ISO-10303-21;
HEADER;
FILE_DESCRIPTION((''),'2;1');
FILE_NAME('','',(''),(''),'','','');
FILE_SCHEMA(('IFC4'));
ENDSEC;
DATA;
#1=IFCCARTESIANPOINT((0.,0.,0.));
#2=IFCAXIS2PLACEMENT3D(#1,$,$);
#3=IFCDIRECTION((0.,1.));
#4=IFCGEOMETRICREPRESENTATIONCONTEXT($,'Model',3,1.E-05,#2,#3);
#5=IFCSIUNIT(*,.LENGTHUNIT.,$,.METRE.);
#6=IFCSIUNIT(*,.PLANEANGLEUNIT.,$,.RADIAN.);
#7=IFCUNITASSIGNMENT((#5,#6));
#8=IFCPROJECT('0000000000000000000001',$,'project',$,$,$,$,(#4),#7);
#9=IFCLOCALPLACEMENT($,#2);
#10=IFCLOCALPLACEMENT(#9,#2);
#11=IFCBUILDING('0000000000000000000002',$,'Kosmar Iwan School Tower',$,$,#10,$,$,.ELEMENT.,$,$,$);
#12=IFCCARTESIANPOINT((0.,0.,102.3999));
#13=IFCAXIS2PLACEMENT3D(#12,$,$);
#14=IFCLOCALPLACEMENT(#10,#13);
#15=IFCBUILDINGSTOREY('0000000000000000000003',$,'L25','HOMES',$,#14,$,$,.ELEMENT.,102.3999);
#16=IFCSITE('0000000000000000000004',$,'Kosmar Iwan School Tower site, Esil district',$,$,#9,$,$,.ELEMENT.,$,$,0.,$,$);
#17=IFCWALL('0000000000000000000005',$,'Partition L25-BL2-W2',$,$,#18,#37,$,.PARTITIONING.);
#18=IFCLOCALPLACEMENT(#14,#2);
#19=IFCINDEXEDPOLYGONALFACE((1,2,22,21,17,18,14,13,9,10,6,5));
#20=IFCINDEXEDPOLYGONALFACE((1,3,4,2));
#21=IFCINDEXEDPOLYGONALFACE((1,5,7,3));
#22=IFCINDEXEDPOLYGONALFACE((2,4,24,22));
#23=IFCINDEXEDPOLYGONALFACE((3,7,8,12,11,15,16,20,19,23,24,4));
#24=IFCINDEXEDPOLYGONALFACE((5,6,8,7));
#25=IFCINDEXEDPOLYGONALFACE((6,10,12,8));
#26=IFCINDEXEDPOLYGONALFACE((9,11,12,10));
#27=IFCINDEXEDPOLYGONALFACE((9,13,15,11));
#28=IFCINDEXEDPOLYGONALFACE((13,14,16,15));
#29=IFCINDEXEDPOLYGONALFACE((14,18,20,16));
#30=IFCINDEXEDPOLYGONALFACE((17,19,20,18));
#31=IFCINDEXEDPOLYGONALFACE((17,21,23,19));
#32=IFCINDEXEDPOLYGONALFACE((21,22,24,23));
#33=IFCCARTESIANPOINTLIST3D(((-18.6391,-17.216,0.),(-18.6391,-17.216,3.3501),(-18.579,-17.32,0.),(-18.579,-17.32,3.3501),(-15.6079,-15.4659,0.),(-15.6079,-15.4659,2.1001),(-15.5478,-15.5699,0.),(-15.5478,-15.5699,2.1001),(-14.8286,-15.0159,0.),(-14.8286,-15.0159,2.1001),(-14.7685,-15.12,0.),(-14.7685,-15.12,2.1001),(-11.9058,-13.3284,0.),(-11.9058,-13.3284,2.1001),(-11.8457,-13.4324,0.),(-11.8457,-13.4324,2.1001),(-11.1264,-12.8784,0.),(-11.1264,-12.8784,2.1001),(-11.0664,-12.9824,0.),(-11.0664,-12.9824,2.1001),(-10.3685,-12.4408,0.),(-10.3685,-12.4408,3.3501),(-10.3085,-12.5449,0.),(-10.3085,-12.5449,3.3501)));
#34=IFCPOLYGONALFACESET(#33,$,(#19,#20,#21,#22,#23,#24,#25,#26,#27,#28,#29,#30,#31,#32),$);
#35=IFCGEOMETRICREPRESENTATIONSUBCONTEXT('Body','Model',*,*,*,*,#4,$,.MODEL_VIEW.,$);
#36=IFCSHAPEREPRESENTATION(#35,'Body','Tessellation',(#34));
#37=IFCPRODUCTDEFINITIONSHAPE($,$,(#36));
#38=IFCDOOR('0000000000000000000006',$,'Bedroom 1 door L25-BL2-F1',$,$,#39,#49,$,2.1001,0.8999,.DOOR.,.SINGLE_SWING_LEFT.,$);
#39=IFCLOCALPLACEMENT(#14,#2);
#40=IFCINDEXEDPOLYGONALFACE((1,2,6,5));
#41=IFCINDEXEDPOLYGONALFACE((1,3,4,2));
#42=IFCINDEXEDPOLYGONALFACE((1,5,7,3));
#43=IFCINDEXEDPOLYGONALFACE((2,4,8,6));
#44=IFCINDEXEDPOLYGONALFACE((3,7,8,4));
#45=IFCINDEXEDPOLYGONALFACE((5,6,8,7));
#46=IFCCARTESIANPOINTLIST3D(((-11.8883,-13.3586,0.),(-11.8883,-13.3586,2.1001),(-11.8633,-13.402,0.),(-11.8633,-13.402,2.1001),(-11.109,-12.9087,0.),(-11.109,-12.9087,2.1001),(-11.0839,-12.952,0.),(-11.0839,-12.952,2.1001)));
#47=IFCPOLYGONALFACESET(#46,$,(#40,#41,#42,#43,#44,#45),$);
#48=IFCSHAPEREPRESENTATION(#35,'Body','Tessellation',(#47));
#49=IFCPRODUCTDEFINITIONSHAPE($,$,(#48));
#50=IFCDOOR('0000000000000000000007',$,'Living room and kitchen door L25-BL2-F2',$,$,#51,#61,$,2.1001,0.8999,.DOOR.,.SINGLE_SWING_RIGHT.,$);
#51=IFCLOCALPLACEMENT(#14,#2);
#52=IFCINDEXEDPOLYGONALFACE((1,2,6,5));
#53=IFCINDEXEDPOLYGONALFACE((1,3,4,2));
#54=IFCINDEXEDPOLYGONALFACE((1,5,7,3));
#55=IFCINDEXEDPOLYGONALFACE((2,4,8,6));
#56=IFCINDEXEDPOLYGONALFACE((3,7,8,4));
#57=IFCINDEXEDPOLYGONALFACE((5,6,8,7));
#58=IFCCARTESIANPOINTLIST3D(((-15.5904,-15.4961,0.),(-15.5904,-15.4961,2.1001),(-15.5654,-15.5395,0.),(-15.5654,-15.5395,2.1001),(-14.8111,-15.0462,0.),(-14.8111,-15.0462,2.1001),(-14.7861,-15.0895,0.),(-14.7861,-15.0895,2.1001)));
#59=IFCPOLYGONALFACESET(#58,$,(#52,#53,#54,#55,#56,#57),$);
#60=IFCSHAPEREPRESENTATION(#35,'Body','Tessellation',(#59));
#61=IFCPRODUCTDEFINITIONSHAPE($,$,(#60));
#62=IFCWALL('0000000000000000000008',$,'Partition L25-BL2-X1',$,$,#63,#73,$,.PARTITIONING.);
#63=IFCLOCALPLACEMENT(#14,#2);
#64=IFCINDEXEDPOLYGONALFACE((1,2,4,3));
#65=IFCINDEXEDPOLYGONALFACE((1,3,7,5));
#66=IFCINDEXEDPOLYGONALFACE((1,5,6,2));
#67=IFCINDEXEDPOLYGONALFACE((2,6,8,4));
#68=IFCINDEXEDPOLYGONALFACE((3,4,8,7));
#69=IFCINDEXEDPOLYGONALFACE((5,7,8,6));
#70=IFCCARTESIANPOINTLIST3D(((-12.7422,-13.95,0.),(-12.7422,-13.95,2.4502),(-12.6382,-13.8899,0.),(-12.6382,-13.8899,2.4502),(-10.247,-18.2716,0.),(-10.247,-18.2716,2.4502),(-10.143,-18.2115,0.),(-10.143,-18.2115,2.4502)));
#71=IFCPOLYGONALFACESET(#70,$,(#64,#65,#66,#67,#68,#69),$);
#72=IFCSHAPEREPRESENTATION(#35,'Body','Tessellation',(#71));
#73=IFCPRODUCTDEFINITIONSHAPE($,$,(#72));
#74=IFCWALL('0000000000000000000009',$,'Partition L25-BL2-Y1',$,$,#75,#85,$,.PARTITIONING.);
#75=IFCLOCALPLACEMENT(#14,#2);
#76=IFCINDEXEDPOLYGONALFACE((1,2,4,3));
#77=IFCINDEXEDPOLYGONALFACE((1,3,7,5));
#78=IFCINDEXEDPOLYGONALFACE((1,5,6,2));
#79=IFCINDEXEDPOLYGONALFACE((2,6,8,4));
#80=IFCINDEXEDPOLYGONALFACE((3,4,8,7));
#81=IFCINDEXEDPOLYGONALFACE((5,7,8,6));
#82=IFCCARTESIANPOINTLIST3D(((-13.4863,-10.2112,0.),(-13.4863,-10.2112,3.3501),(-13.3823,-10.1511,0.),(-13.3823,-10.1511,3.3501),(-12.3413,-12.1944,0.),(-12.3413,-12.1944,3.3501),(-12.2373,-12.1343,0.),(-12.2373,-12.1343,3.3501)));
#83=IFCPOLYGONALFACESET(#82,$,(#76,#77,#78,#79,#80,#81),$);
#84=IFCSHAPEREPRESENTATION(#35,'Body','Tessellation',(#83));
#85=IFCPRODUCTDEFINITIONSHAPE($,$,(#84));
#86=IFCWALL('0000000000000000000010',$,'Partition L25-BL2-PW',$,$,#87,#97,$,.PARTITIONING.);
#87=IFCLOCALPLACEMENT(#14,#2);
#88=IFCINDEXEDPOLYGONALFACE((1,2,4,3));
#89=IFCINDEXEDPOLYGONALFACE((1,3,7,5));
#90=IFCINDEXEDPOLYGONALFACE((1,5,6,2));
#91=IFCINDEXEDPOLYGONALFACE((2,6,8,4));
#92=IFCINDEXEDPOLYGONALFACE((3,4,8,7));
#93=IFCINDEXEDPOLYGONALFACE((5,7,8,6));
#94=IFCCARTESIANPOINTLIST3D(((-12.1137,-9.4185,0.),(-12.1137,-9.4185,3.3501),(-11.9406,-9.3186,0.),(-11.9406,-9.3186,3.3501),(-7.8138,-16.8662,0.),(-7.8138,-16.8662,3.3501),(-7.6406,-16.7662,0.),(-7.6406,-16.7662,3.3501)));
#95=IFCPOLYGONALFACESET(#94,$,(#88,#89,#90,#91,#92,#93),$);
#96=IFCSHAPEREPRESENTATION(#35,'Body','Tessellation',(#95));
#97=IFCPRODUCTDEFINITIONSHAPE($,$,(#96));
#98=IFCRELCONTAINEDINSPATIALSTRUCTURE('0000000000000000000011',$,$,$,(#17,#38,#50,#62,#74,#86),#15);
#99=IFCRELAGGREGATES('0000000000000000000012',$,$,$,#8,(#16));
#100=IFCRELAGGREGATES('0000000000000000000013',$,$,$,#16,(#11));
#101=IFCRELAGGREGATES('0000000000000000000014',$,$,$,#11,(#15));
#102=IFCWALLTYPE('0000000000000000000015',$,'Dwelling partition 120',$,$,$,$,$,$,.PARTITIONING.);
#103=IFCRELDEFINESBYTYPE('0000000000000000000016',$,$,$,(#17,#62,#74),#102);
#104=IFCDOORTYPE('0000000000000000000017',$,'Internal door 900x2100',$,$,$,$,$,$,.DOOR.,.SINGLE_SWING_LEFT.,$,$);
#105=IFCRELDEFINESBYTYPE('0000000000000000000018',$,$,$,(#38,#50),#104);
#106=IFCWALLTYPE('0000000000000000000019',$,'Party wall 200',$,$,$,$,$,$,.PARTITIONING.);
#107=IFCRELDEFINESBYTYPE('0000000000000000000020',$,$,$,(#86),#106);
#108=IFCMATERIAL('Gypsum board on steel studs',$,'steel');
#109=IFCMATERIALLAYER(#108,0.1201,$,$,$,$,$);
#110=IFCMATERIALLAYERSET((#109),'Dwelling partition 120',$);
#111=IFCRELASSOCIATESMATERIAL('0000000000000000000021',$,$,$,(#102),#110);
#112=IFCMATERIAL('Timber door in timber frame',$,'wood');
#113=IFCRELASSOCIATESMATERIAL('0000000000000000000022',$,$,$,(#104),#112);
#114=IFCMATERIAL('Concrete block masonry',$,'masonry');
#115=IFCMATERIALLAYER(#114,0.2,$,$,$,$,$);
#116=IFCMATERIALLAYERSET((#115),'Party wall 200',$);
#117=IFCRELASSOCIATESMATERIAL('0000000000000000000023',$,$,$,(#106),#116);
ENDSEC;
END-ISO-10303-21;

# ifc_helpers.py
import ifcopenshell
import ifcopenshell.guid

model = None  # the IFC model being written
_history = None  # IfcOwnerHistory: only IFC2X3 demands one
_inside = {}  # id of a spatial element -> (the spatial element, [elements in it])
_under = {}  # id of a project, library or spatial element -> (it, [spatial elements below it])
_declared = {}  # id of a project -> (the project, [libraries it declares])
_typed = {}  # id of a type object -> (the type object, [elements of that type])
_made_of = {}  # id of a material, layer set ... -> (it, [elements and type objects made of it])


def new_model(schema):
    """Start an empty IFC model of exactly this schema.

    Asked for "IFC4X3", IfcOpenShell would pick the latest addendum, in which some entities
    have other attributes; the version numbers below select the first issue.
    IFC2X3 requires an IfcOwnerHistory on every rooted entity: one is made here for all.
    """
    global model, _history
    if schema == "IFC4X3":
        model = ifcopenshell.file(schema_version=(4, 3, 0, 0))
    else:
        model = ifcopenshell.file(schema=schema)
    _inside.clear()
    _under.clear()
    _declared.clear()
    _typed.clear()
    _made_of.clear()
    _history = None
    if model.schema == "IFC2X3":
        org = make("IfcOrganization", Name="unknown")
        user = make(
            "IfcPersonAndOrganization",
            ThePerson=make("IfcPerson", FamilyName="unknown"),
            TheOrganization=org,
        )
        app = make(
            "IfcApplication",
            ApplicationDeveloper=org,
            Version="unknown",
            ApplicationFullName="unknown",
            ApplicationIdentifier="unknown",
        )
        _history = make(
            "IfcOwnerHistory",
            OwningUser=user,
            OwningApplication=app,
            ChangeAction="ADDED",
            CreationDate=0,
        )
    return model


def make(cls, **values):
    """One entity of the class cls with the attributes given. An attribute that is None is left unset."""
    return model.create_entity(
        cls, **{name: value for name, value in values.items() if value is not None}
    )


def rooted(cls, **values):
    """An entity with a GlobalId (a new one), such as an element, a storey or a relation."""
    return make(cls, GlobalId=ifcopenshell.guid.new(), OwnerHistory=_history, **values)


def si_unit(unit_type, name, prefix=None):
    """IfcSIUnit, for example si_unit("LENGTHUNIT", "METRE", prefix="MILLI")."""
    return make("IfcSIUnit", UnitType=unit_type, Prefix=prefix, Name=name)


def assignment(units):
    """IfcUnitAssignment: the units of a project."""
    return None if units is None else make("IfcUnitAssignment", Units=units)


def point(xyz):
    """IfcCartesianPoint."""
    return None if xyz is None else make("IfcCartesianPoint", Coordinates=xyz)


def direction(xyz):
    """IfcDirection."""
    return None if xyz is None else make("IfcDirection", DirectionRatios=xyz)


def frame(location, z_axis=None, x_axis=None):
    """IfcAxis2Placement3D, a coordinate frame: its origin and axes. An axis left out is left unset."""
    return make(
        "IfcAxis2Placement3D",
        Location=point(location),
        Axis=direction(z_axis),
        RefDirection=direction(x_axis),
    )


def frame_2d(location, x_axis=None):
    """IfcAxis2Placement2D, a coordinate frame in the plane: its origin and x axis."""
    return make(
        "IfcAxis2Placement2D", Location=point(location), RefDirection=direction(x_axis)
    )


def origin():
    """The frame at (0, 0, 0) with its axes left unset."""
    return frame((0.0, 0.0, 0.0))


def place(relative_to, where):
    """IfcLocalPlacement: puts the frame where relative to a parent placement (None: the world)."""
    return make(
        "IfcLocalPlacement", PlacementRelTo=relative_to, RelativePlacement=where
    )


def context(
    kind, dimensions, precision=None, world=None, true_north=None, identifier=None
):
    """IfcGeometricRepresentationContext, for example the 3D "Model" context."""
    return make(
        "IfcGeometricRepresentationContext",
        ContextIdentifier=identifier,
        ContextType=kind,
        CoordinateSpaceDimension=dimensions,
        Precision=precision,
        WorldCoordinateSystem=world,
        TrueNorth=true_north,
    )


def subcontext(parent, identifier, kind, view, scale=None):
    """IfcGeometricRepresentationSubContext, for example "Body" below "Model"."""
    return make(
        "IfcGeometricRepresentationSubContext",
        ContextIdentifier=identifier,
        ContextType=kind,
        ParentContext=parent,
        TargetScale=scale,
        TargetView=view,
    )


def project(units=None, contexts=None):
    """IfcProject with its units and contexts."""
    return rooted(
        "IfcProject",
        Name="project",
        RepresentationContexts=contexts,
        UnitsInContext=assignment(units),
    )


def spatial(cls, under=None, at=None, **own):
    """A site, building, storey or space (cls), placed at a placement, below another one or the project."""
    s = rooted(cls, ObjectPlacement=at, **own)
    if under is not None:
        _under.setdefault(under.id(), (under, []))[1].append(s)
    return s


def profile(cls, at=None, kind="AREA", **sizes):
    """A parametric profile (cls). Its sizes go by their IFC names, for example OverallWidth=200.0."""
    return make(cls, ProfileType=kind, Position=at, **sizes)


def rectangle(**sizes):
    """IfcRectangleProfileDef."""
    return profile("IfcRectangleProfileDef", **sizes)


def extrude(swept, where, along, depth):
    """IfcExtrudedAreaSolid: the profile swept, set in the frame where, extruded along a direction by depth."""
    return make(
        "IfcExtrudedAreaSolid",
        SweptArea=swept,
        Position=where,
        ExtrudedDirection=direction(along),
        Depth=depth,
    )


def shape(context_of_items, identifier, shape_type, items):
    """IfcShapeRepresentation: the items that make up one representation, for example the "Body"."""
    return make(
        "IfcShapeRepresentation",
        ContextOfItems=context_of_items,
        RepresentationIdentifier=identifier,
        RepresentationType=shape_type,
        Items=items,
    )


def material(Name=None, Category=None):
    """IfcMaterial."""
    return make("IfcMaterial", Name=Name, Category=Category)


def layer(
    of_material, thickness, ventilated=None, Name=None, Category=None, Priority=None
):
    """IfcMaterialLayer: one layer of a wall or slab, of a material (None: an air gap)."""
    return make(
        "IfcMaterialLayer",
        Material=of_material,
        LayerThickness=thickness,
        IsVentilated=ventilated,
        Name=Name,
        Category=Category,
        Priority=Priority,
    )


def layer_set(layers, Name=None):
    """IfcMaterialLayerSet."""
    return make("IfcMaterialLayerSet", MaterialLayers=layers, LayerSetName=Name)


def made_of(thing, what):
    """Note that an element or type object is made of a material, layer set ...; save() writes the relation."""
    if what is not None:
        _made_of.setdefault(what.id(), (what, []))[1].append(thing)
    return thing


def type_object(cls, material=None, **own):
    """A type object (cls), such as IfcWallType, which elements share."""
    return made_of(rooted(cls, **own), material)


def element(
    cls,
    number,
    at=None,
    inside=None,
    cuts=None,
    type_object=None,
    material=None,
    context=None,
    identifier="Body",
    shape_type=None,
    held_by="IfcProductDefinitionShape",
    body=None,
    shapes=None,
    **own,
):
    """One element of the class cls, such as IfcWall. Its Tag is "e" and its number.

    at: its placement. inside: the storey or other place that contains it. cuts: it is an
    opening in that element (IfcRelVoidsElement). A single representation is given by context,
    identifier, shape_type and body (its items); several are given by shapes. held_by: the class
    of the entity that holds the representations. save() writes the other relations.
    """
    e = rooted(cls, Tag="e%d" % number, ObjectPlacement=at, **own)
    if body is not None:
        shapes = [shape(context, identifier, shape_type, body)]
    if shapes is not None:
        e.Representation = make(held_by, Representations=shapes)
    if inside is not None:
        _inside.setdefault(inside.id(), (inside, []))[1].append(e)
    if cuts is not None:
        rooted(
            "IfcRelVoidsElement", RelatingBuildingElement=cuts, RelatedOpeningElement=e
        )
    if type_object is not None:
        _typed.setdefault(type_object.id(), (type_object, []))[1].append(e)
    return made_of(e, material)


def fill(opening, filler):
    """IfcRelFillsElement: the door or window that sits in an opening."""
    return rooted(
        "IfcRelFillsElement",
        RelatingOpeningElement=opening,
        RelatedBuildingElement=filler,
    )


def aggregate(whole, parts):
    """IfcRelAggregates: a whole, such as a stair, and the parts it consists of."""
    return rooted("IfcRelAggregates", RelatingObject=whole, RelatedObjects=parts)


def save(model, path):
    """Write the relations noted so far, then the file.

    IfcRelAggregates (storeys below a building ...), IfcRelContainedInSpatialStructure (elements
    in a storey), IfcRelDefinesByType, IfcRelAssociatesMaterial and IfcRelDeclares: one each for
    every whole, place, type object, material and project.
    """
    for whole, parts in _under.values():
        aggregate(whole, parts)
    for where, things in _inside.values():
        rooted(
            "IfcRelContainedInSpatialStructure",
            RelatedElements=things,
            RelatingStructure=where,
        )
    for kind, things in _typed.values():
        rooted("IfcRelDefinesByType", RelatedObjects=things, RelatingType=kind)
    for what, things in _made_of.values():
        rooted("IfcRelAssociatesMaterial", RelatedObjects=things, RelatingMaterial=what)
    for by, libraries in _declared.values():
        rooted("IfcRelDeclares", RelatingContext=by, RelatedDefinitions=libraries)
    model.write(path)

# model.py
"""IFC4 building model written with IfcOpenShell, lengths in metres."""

from ifc_helpers import new_model, si_unit, direction, frame, frame_2d, origin, place, context, subcontext, project, spatial, rectangle, extrude, material, layer, layer_set, type_object, element, fill, save


model = new_model("IFC4")

# Units and contexts
model_context = context("Model", 3, precision=1e-05, world=origin(), true_north=direction((0.0, 1.0)))
body_context = subcontext(model_context, "Body", "Model", "MODEL_VIEW")
ifc_project = project(units=[si_unit("LENGTHUNIT", "METRE"), si_unit("PLANEANGLEUNIT", "RADIAN")], contexts=[model_context])

# Site, building, storey
site_placement = place(None, origin())
site = spatial("IfcSite", under=ifc_project, at=site_placement, Name="Kosmar Iwan School Tower site, Esil district", CompositionType="ELEMENT", RefElevation=0.0)
building_placement = place(site_placement, origin())
building = spatial("IfcBuilding", under=site, at=building_placement, Name="Kosmar Iwan School Tower", CompositionType="ELEMENT")
storey_placement = place(building_placement, frame((0.0, 0.0, 102.3999)))
storey = spatial("IfcBuildingStorey", under=building, at=storey_placement, Name="L25", Description="HOMES", CompositionType="ELEMENT", Elevation=102.3999)

# Shared definitions
ifc_material_1 = material(Name="Gypsum board on steel studs", Category="steel")
ifc_layer_1 = layer(ifc_material_1, 0.1201)
ifc_layer_set_1 = layer_set([ifc_layer_1], Name="Dwelling partition 120")
wall_type_1 = type_object("IfcWallType", Name="Dwelling partition 120", PredefinedType="PARTITIONING", material=ifc_layer_set_1)
ifc_material_2 = material(Name="Timber door in timber frame", Category="wood")
door_type_1 = type_object("IfcDoorType", Name="Internal door 900x2100", OperationType="SINGLE_SWING_LEFT", PredefinedType="DOOR", material=ifc_material_2)

# Wall, openings, doors
wall_1_placement = place(storey_placement, frame((-10.3386, -12.4929, 0.0), z_axis=(0.0, 0.0, 1.0), x_axis=(-0.866018, -0.500013, 0.0)))
wall_1 = element("IfcWall", 1, at=wall_1_placement, inside=storey, type_object=wall_type_1, Name="Partition L25-BL2-W2", PredefinedType="PARTITIONING", context=body_context, shape_type="SweptSolid", body=[
    extrude(rectangle(XDim=9.55, YDim=0.1201, at=frame_2d((4.7749, 0.0))), origin(), (0.0, 0.0, 1.0), 3.3501),
])
opening_1_placement = place(wall_1_placement, frame((0.875, 0.0, 0.0)))
opening_1 = element("IfcOpeningElement", 2, at=opening_1_placement, cuts=wall_1, PredefinedType="OPENING", context=body_context, shape_type="SweptSolid", body=[
    extrude(rectangle(XDim=0.8999, YDim=2.1001, at=frame_2d((0.45, 1.05))), frame((0.0, 0.072, 0.0), z_axis=(0.0, -1.0, 0.0), x_axis=(1.0, 0.0, 0.0)), (0.0, 0.0, 1.0), 0.144),
])
opening_2_placement = place(wall_1_placement, frame((5.1499, 0.0, 0.0)))
opening_2 = element("IfcOpeningElement", 3, at=opening_2_placement, cuts=wall_1, PredefinedType="OPENING", context=body_context, shape_type="SweptSolid", body=[
    extrude(rectangle(XDim=0.8999, YDim=2.1001, at=frame_2d((0.45, 1.05))), frame((0.0, 0.072, 0.0), z_axis=(0.0, -1.0, 0.0), x_axis=(1.0, 0.0, 0.0)), (0.0, 0.0, 1.0), 0.144),
])
door_1_placement = place(opening_1_placement, origin())
door_1 = element("IfcDoor", 4, at=door_1_placement, inside=storey, type_object=door_type_1, Name="Bedroom 1 door L25-BL2-F1", OperationType="SINGLE_SWING_LEFT", OverallHeight=2.1001, OverallWidth=0.8999, PredefinedType="DOOR", context=body_context, shape_type="SweptSolid", body=[
    extrude(rectangle(XDim=0.8999, YDim=2.1001, at=frame_2d((0.45, 1.05))), frame((0.0, 0.0249, 0.0), z_axis=(0.0, -1.0, 0.0), x_axis=(1.0, 0.0, 0.0)), (0.0, 0.0, 1.0), 0.05),
])
fill(opening_1, door_1)
door_2_placement = place(opening_2_placement, origin())
door_2 = element("IfcDoor", 5, at=door_2_placement, inside=storey, type_object=door_type_1, Name="Living room and kitchen door L25-BL2-F2", OperationType="SINGLE_SWING_RIGHT", OverallHeight=2.1001, OverallWidth=0.8999, PredefinedType="DOOR", context=body_context, shape_type="SweptSolid", body=[
    extrude(rectangle(XDim=0.8999, YDim=2.1001, at=frame_2d((0.45, 1.05))), frame((0.0, 0.0249, 0.0), z_axis=(0.0, -1.0, 0.0), x_axis=(1.0, 0.0, 0.0)), (0.0, 0.0, 1.0), 0.05),
])
fill(opening_2, door_2)

# Walls
wall_2_placement = place(storey_placement, frame((-12.6902, -13.9199, 0.0), z_axis=(0.0, 0.0, 1.0), x_axis=(0.500012, -0.866019, 0.0)))
element("IfcWall", 6, at=wall_2_placement, inside=storey, type_object=wall_type_1, Name="Partition L25-BL2-X1", PredefinedType="PARTITIONING", context=body_context, shape_type="SweptSolid", body=[
    extrude(rectangle(XDim=4.9902, YDim=0.1201, at=frame_2d((2.4951, 0.0))), origin(), (0.0, 0.0, 1.0), 2.4502),
])
wall_3_placement = place(storey_placement, frame((-13.4343, -10.1812, 0.0), z_axis=(0.0, 0.0, 1.0), x_axis=(0.500015, -0.866017, 0.0)))
element("IfcWall", 7, at=wall_3_placement, inside=storey, type_object=wall_type_1, Name="Partition L25-BL2-Y1", PredefinedType="PARTITIONING", context=body_context, shape_type="SweptSolid", body=[
    extrude(rectangle(XDim=2.29, YDim=0.1201, at=frame_2d((1.145, 0.0))), origin(), (0.0, 0.0, 1.0), 3.3501),
])
ifc_material_3 = material(Name="Concrete block masonry", Category="masonry")
ifc_layer_2 = layer(ifc_material_3, 0.2)
ifc_layer_set_2 = layer_set([ifc_layer_2], Name="Party wall 200")
wall_type_2 = type_object("IfcWallType", Name="Party wall 200", PredefinedType="PARTITIONING", material=ifc_layer_set_2)
wall_4_placement = place(storey_placement, frame((-12.0271, -9.3687, 0.0), z_axis=(0.0, 0.0, 1.0), x_axis=(0.500008, -0.866021, 0.0)))
element("IfcWall", 8, at=wall_4_placement, inside=storey, type_object=wall_type_2, Name="Partition L25-BL2-PW", PredefinedType="PARTITIONING", context=body_context, shape_type="SweptSolid", body=[
    extrude(rectangle(XDim=8.5999, YDim=0.2, at=frame_2d((4.2998, 0.0))), origin(), (0.0, 0.0, 1.0), 3.3501),
])

save(model, "model.ifc")
